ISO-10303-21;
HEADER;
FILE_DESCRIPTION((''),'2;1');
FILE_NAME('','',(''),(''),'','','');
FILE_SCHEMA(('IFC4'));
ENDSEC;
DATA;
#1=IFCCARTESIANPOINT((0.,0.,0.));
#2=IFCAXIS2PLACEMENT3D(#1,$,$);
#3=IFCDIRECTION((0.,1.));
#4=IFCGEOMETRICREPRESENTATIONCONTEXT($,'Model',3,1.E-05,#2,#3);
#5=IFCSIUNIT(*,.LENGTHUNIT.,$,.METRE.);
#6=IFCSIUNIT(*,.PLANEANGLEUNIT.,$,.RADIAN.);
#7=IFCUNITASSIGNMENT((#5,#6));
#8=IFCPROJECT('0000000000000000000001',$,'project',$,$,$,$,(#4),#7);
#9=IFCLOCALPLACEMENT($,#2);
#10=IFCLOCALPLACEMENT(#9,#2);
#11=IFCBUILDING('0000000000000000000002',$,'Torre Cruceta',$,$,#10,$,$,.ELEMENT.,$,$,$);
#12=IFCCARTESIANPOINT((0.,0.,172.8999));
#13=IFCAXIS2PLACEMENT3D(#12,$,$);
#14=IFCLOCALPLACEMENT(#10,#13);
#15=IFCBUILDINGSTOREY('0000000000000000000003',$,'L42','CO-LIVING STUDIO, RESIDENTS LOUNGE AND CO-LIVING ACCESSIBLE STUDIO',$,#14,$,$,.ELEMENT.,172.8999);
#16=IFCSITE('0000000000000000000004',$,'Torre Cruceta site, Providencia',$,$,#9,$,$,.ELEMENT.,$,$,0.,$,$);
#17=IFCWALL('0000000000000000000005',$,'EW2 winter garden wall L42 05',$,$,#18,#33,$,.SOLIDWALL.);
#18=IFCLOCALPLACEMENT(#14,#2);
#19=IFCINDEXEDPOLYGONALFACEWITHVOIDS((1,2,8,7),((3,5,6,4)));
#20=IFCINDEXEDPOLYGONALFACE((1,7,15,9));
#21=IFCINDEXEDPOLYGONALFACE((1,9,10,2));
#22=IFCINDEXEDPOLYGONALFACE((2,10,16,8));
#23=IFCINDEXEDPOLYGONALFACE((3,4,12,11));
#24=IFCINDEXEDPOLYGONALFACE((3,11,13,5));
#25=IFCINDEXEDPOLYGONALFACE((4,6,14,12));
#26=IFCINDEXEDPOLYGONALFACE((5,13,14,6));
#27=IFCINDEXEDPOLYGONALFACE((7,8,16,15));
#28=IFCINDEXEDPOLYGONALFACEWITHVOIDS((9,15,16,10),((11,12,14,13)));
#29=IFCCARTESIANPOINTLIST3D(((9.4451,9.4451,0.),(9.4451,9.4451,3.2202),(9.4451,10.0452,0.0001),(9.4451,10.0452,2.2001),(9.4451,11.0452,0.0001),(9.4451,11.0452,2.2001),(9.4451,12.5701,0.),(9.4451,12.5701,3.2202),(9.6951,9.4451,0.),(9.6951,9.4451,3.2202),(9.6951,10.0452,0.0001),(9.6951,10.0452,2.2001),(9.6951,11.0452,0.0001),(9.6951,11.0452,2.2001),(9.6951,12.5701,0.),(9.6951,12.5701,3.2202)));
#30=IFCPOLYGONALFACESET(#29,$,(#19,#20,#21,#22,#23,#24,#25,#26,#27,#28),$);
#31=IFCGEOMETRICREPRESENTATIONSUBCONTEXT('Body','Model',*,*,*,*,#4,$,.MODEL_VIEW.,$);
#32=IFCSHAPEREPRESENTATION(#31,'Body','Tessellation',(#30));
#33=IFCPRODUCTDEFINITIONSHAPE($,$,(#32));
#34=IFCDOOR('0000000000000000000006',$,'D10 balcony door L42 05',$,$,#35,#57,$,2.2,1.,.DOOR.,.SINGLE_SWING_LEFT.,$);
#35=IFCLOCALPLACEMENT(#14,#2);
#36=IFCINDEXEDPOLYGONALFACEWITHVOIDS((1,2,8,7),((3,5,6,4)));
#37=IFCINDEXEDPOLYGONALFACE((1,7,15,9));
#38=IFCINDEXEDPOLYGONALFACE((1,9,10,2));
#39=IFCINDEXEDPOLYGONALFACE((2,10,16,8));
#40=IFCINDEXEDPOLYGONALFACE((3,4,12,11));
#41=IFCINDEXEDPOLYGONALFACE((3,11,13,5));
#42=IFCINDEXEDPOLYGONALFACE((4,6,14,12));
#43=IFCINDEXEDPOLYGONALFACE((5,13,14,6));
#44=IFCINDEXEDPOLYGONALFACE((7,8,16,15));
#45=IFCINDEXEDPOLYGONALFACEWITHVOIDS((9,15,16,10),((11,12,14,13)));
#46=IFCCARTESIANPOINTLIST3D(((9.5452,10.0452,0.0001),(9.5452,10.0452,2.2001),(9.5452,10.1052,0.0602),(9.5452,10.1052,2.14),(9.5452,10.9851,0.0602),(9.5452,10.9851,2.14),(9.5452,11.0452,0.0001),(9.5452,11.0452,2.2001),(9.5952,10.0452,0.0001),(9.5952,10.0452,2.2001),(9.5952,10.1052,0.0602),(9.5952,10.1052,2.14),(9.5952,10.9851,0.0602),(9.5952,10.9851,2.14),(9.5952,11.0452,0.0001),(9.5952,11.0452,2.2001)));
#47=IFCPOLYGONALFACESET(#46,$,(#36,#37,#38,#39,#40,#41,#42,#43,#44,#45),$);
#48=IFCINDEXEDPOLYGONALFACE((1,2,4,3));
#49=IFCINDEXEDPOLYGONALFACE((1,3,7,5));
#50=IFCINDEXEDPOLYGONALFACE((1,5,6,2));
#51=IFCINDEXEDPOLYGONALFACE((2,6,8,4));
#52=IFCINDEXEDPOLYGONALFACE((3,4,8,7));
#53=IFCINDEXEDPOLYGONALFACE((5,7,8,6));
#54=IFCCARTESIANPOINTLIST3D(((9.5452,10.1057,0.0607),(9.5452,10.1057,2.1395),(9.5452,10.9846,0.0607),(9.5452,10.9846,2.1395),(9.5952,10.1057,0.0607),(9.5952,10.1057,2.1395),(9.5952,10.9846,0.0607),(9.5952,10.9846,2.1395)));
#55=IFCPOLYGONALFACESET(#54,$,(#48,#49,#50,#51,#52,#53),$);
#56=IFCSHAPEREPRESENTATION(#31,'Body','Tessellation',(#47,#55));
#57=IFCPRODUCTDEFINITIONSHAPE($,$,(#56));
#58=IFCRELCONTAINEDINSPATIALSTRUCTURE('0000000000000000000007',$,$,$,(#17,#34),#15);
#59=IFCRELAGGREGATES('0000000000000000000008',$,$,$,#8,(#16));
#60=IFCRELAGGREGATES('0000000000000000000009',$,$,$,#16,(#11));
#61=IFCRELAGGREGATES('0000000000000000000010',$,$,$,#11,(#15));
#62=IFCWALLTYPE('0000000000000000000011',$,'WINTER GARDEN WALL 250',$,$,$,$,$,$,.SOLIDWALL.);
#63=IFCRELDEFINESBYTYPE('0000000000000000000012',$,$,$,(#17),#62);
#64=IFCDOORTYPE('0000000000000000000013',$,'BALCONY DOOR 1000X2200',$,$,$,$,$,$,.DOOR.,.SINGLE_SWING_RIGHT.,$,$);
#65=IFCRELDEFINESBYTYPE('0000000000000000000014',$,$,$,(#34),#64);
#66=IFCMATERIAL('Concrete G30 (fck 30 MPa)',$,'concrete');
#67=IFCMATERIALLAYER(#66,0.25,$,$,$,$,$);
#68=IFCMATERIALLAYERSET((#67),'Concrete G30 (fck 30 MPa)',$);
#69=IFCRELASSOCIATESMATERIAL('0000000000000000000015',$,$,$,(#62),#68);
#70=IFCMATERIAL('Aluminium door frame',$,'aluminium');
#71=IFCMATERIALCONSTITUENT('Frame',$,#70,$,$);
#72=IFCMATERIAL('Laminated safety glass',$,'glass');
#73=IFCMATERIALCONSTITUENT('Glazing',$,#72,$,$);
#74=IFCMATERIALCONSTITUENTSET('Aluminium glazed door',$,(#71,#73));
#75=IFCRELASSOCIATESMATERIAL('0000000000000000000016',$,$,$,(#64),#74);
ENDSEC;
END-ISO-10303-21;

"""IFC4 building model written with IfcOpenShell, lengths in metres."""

from ifc_helpers import new_model, si_unit, direction, frame, frame_2d, origin, place, context, subcontext, project, spatial, rectangle, hollow_rectangle, extrude, material, layer, layer_set, constituent, constituent_set, type_object, element, fill, save


model = new_model("IFC4")

# Units and contexts
model_context = context("Model", 3, precision=1e-05, world=origin(), true_north=direction((0.0, 1.0)))
body_context = subcontext(model_context, "Body", "Model", "MODEL_VIEW")
ifc_project = project(units=[si_unit("LENGTHUNIT", "METRE"), si_unit("PLANEANGLEUNIT", "RADIAN")], contexts=[model_context])

# Site, building, storey
site_placement = place(None, origin())
site = spatial("IfcSite", under=ifc_project, at=site_placement, Name="Torre Cruceta site, Providencia", CompositionType="ELEMENT", RefElevation=0.0)
building_placement = place(site_placement, origin())
building = spatial("IfcBuilding", under=site, at=building_placement, Name="Torre Cruceta", CompositionType="ELEMENT")
storey_placement = place(building_placement, frame((0.0, 0.0, 172.8999)))
storey = spatial("IfcBuildingStorey", under=building, at=storey_placement, Name="L42", Description="CO-LIVING STUDIO, RESIDENTS LOUNGE AND CO-LIVING ACCESSIBLE STUDIO", CompositionType="ELEMENT", Elevation=172.8999)

# Wall, opening, door
ifc_material_1 = material(Name="Concrete G30 (fck 30 MPa)", Category="concrete")
ifc_layer_1 = layer(ifc_material_1, 0.25)
ifc_layer_set_1 = layer_set([ifc_layer_1], Name="Concrete G30 (fck 30 MPa)")
wall_type_1 = type_object("IfcWallType", Name="WINTER GARDEN WALL 250", PredefinedType="SOLIDWALL", material=ifc_layer_set_1)
ifc_material_2 = material(Name="Aluminium door frame", Category="aluminium")
ifc_constituent_1 = constituent(ifc_material_2, Name="Frame")
ifc_material_3 = material(Name="Laminated safety glass", Category="glass")
ifc_constituent_2 = constituent(ifc_material_3, Name="Glazing")
ifc_constituent_set_1 = constituent_set(constituents=[ifc_constituent_1, ifc_constituent_2], Name="Aluminium glazed door")
door_type = type_object("IfcDoorType", Name="BALCONY DOOR 1000X2200", OperationType="SINGLE_SWING_RIGHT", PredefinedType="DOOR", material=ifc_constituent_set_1)
wall_1_placement = place(storey_placement, frame((9.5701, 9.4451, 0.0), z_axis=(0.0, 0.0, 1.0), x_axis=(0.0, 1.0, 0.0)))
wall_1 = element("IfcWall", 1, at=wall_1_placement, inside=storey, type_object=wall_type_1, Name="EW2 winter garden wall L42 05", PredefinedType="SOLIDWALL", context=body_context, shape_type="SweptSolid", body=[
    extrude(rectangle(XDim=3.125, YDim=0.25, at=frame_2d((1.5625, 0.0))), origin(), (0.0, 0.0, 1.0), 3.2202),
])
opening_1_placement = place(wall_1_placement, frame((0.6001, 0.0, 0.0)))
opening_1 = element("IfcOpeningElement", 2, at=opening_1_placement, cuts=wall_1, PredefinedType="OPENING", context=body_context, shape_type="SweptSolid", body=[
    extrude(rectangle(XDim=1.0, YDim=2.2, at=frame_2d((0.5, 1.1001))), frame((0.0, 0.135, 0.0), z_axis=(0.0, -1.0, 0.0), x_axis=(1.0, 0.0, 0.0)), (0.0, 0.0, 1.0), 0.27),
])
door_1_placement = place(opening_1_placement, origin())
door_1 = element("IfcDoor", 3, at=door_1_placement, inside=storey, type_object=door_type, Name="D10 balcony door L42 05", OperationType="SINGLE_SWING_LEFT", OverallHeight=2.2, OverallWidth=1.0, PredefinedType="DOOR", context=body_context, shape_type="SweptSolid", body=[
    extrude(hollow_rectangle(XDim=1.0, YDim=2.2, WallThickness=0.0601, at=frame_2d((0.5, 1.1001))), frame((0.0, 0.0249, 0.0), z_axis=(0.0, -1.0, 0.0), x_axis=(1.0, 0.0, 0.0)), (0.0, 0.0, 1.0), 0.05),
    extrude(rectangle(XDim=0.8789, YDim=2.0789, at=frame_2d((0.5, 1.1001))), frame((0.0, 0.0249, 0.0), z_axis=(0.0, -1.0, 0.0), x_axis=(1.0, 0.0, 0.0)), (0.0, 0.0, 1.0), 0.05),
])
fill(opening_1, door_1)

save(model, "model.ifc")
